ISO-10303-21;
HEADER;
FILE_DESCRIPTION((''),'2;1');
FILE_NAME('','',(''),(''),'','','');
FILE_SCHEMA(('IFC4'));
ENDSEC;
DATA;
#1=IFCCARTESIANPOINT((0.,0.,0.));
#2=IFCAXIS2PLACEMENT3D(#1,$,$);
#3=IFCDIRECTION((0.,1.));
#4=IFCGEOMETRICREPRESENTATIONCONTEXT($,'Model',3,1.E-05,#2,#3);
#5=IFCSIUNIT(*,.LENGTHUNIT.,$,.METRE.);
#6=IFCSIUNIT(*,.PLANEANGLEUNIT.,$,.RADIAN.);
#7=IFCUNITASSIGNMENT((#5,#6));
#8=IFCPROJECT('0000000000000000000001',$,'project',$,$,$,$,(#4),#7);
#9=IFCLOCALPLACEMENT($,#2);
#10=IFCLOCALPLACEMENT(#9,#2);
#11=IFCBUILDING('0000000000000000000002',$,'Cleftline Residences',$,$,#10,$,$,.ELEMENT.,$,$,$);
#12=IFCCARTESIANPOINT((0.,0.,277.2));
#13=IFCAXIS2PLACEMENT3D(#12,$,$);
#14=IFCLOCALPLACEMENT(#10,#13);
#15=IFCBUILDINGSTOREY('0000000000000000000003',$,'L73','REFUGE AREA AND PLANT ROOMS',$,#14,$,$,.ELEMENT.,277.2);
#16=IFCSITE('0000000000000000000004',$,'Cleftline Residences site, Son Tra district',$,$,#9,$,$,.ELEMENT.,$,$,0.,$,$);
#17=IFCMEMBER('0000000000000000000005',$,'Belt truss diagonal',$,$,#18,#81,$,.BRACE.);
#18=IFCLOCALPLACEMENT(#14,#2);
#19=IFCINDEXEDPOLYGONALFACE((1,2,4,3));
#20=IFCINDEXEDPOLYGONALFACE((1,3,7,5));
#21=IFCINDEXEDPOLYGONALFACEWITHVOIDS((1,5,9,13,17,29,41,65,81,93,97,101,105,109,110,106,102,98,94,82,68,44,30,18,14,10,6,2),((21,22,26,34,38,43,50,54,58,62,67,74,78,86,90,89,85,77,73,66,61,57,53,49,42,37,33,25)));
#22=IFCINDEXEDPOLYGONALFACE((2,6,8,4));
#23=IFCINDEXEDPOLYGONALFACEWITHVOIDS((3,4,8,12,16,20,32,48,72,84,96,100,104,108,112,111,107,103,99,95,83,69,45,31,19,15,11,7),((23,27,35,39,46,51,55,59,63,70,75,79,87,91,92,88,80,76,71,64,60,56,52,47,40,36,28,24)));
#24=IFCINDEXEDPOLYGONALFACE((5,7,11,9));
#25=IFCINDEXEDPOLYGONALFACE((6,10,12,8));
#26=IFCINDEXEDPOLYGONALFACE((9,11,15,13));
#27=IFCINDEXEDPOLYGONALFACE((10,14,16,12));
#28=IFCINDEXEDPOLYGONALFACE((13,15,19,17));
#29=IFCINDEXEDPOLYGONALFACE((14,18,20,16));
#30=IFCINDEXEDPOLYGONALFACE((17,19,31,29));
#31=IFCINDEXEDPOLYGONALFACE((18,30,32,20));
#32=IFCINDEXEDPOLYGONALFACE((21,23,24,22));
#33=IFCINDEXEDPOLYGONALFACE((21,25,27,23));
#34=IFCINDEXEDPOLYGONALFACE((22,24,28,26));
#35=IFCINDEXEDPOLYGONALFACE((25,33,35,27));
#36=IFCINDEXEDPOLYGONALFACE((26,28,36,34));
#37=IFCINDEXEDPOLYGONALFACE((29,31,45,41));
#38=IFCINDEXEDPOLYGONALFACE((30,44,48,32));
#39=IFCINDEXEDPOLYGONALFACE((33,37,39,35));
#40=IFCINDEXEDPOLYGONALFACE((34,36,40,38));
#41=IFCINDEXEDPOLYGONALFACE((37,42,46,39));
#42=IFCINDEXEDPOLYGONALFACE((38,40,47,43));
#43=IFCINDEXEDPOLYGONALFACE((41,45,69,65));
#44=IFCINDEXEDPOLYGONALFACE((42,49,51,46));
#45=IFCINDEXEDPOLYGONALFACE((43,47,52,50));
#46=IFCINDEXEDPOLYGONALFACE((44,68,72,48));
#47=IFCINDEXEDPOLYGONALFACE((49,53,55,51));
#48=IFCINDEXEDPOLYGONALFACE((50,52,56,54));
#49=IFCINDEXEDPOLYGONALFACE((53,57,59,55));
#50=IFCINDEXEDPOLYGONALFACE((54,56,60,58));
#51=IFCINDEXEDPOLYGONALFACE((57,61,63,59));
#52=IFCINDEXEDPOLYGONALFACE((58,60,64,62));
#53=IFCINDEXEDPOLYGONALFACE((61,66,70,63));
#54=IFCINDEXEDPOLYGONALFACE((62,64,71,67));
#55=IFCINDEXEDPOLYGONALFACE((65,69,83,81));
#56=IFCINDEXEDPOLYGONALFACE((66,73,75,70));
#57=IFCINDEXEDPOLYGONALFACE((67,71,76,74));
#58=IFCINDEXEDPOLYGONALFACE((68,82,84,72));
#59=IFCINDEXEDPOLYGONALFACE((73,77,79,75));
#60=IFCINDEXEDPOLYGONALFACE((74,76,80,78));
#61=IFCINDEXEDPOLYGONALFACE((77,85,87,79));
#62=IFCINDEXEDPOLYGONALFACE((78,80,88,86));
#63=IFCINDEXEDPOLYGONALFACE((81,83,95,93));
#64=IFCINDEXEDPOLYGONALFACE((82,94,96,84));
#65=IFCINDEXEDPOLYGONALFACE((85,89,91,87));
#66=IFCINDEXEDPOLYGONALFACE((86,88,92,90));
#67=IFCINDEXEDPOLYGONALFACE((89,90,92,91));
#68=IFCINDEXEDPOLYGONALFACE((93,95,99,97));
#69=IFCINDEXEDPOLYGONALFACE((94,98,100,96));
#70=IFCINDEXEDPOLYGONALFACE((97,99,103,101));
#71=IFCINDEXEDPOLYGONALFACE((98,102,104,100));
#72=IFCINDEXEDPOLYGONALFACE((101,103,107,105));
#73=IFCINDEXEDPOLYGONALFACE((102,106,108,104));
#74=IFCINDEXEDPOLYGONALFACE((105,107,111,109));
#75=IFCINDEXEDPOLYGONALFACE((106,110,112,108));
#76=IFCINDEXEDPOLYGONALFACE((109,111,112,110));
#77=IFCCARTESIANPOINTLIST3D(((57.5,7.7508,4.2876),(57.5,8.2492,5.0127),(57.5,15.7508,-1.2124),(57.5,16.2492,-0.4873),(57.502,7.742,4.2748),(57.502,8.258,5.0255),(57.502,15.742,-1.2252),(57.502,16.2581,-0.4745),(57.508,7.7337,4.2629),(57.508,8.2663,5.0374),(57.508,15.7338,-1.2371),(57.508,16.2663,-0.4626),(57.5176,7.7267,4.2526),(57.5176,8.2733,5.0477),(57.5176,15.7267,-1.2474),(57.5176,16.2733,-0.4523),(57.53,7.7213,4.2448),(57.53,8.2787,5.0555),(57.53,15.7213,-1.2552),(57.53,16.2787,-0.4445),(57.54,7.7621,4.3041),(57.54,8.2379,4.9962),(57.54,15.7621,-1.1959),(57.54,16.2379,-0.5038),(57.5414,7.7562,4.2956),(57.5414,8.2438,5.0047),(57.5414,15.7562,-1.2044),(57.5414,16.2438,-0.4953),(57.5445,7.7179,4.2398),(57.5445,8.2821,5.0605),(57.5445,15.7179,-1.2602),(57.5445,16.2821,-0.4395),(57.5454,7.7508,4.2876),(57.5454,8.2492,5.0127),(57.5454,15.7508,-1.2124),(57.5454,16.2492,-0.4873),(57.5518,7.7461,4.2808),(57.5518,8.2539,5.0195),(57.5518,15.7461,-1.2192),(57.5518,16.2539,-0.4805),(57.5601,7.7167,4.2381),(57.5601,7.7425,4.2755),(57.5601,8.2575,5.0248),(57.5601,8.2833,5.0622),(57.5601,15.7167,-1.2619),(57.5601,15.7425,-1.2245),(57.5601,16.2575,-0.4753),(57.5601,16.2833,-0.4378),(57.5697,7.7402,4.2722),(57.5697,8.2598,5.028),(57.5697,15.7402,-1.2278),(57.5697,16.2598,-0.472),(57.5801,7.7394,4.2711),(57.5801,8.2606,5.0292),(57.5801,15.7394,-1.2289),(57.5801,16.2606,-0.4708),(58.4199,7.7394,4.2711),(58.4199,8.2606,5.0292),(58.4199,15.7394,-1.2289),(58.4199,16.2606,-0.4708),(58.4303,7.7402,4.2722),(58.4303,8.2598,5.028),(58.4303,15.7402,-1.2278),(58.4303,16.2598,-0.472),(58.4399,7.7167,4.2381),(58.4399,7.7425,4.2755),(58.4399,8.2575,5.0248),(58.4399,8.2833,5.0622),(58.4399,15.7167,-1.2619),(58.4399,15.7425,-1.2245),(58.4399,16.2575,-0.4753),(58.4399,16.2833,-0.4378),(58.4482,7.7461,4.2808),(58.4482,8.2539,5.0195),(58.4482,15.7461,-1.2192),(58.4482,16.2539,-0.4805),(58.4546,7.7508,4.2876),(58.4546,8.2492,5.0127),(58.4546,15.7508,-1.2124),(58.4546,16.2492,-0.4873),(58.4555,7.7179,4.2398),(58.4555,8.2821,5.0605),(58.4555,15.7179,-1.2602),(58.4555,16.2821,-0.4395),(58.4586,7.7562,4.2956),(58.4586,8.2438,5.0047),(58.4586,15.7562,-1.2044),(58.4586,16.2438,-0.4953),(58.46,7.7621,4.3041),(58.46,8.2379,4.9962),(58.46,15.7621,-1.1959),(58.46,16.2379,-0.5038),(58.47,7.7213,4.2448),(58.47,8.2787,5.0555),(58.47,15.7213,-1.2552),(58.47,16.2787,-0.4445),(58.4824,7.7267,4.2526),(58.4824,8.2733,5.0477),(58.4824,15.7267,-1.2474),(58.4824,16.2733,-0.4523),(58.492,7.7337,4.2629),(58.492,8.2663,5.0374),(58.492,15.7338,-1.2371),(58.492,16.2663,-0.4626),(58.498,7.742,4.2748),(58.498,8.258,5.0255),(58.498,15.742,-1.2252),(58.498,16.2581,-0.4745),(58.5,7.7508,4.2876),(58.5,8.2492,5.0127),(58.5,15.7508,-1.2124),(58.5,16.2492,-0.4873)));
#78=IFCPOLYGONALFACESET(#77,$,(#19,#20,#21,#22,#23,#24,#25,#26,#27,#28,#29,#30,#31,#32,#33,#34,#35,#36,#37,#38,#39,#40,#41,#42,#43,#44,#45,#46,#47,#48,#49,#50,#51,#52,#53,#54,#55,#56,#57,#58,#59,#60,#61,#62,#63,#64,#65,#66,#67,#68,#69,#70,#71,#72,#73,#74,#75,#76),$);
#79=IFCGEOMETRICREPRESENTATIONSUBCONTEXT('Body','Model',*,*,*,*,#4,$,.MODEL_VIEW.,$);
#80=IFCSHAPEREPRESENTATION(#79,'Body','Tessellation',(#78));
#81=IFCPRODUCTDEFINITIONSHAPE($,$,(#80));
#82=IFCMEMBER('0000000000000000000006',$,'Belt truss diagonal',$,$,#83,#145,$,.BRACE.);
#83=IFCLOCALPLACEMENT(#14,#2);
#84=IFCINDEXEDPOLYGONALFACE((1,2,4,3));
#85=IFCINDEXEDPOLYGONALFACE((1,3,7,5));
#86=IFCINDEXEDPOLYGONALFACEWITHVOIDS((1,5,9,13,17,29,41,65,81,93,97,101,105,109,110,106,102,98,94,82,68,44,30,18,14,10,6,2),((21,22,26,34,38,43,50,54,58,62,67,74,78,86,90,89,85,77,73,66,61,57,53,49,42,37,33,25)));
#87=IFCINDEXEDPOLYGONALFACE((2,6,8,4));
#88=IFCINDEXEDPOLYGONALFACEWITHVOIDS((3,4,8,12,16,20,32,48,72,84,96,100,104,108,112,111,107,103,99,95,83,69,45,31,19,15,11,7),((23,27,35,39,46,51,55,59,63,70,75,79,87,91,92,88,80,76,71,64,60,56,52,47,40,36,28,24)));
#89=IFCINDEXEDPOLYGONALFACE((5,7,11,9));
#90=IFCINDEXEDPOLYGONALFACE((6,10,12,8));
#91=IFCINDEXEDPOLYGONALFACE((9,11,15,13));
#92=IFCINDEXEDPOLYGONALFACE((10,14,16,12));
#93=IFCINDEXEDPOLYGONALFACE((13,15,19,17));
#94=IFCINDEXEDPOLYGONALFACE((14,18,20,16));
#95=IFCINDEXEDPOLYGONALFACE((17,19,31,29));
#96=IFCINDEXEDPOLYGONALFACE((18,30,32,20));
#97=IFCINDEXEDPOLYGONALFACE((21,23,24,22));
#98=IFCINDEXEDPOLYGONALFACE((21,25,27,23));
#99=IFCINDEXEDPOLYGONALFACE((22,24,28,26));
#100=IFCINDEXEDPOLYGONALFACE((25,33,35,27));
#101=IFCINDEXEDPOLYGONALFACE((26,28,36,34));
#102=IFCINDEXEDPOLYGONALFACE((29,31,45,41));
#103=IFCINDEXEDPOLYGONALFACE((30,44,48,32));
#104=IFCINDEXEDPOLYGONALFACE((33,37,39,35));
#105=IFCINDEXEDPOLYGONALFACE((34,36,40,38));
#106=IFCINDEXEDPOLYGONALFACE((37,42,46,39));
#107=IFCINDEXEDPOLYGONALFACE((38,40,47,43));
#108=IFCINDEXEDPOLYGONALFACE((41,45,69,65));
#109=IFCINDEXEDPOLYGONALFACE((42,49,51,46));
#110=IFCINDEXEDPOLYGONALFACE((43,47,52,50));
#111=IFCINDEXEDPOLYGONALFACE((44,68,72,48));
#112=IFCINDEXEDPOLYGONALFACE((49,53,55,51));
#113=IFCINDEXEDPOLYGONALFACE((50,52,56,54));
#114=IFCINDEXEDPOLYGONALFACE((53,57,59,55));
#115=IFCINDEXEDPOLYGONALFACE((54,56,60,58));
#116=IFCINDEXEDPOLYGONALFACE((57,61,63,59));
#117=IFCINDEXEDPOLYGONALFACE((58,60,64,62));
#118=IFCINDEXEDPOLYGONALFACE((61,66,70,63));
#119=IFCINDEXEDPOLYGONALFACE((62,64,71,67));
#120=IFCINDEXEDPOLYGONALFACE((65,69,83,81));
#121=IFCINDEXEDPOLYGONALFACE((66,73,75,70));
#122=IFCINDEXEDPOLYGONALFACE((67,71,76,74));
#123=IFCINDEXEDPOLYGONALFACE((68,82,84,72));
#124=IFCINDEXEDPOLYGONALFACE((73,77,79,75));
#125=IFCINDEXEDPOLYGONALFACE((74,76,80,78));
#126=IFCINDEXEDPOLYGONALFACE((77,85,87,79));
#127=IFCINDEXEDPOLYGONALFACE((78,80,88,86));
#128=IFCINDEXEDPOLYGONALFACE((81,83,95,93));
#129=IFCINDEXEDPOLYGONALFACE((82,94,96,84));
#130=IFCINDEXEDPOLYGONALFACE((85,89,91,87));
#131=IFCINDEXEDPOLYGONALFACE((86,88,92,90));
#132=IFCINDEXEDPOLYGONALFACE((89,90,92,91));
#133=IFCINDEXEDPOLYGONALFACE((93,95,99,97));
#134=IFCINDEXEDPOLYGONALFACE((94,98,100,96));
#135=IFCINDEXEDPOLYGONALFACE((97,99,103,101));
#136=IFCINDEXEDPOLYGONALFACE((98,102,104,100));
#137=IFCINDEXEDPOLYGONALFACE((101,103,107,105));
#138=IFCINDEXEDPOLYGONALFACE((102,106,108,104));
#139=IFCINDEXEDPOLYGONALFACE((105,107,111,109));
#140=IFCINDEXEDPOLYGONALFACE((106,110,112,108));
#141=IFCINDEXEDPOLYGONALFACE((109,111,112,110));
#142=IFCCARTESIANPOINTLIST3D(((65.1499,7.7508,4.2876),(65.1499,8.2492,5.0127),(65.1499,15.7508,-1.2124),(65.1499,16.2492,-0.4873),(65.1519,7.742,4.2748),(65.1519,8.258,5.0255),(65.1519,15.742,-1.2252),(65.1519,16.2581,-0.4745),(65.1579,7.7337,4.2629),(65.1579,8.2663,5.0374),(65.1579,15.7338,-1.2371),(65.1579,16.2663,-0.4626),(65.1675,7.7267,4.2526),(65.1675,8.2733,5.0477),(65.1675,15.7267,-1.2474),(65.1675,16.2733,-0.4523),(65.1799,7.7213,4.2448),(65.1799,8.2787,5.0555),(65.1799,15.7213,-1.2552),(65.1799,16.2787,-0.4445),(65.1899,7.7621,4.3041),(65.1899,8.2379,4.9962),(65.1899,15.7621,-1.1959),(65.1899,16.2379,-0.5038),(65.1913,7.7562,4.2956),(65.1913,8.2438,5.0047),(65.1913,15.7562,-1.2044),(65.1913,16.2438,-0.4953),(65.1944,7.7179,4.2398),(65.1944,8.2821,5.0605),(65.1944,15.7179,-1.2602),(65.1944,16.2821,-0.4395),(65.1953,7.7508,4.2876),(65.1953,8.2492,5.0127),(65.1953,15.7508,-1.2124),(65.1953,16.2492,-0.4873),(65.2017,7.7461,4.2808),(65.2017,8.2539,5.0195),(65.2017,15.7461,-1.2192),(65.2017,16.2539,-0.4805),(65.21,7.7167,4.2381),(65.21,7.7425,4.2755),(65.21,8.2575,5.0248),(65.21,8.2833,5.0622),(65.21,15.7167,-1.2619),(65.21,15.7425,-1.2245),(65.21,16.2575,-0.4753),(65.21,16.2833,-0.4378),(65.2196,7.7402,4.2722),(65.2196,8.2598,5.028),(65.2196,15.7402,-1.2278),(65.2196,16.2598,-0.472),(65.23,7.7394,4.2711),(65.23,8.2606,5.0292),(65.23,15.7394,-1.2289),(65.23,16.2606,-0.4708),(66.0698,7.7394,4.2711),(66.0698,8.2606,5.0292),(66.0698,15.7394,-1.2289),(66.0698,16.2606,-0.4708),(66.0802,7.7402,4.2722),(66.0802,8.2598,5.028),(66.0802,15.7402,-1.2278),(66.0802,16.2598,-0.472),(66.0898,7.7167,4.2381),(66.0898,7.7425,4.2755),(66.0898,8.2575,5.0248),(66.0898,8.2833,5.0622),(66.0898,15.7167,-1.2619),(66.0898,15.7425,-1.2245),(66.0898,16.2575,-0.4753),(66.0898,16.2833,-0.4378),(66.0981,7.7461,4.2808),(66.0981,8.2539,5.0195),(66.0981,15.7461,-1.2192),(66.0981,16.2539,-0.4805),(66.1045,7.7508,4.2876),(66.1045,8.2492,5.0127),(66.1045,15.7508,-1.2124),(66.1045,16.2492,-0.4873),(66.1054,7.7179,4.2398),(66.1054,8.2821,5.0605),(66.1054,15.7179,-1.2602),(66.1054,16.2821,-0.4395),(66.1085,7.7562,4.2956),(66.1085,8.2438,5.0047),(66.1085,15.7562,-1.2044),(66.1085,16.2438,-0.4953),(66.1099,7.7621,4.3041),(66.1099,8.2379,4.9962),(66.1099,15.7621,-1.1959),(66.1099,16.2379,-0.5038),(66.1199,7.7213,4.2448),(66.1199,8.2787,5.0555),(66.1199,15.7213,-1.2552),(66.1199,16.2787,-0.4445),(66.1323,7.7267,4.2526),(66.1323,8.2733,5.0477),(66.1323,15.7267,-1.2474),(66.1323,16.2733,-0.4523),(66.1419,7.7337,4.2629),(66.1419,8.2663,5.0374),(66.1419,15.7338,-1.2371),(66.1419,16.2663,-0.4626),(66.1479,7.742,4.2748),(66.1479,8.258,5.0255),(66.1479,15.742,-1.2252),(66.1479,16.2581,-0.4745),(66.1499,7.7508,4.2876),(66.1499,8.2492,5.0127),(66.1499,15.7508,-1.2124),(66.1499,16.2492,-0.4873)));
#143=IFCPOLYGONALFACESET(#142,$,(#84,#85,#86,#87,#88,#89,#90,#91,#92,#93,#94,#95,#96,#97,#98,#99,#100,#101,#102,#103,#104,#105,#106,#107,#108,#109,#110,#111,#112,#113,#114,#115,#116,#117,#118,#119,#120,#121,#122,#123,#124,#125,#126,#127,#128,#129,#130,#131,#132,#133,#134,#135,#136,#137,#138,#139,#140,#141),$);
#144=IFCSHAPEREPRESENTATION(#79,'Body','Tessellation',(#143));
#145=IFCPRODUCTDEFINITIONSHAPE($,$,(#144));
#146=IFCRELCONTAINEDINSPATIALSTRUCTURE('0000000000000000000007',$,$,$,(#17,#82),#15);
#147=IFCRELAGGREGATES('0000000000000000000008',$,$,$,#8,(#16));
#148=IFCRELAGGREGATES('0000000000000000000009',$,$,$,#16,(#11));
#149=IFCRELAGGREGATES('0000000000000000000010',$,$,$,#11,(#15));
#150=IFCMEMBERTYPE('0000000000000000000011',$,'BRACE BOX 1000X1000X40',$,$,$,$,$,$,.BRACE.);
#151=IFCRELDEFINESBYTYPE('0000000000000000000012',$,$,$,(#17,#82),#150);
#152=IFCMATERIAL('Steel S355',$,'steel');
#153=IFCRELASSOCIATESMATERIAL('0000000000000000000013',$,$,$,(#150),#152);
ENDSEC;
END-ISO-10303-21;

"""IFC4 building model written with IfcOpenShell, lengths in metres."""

from ifc_helpers import new_model, si_unit, direction, frame, origin, origin_2d, place, context, subcontext, project, spatial, hollow_rectangle, extrude, material, material_profile, profile_set, type_object, element, save


model = new_model("IFC4")

# Units and contexts
model_context = context("Model", 3, precision=1e-05, world=origin(), true_north=direction((0.0, 1.0)))
body_context = subcontext(model_context, "Body", "Model", "MODEL_VIEW")
ifc_project = project(units=[si_unit("LENGTHUNIT", "METRE"), si_unit("PLANEANGLEUNIT", "RADIAN")], contexts=[model_context])

# Site, building, storey
site_placement = place(None, origin())
site = spatial("IfcSite", under=ifc_project, at=site_placement, Name="Cleftline Residences site, Son Tra district", CompositionType="ELEMENT", RefElevation=0.0)
building_placement = place(site_placement, origin())
building = spatial("IfcBuilding", under=site, at=building_placement, Name="Cleftline Residences", CompositionType="ELEMENT")
storey_placement = place(building_placement, frame((0.0, 0.0, 277.2)))
storey = spatial("IfcBuildingStorey", under=building, at=storey_placement, Name="L73", Description="REFUGE AREA AND PLANT ROOMS", CompositionType="ELEMENT", Elevation=277.2)

# Members
ifc_material_1 = material(Name="Steel S355", Category="steel")
ifc_material_profile_1 = material_profile(ifc_material_1, hollow_rectangle(XDim=1.0, YDim=1.0, WallThickness=0.04, InnerFilletRadius=0.04, OuterFilletRadius=0.0601, at=origin_2d()))
ifc_profile_set_1 = profile_set([ifc_material_profile_1], Name="Steel S355")
member_type_1 = type_object("IfcMemberType", Name="BRACE BOX 1000X1000X40", PredefinedType="BRACE", material=ifc_profile_set_1)
for number, where, z_axis, x_axis, name in (
    (1, (58.0, 8.0, 4.6501), (0.0, 0.824042, -0.566529), (0.0, 0.566529, 0.824042), "Belt truss diagonal"),
    (2, (65.6499, 8.0, 4.6501), (0.0, 0.824042, -0.566529), (0.0, 0.566529, 0.824042), "Belt truss diagonal"),
):
    element("IfcMember", number, at=place(storey_placement, frame(where, z_axis=z_axis, x_axis=x_axis)), inside=storey, type_object=member_type_1, Name=name, PredefinedType="BRACE", context=body_context, shape_type="SweptSolid", body=[
        extrude(hollow_rectangle(XDim=1.0, YDim=1.0, WallThickness=0.04, InnerFilletRadius=0.04, OuterFilletRadius=0.0601, at=origin_2d()), origin(), (0.0, 0.0, 1.0), 9.7083),
    ])

save(model, "model.ifc")
